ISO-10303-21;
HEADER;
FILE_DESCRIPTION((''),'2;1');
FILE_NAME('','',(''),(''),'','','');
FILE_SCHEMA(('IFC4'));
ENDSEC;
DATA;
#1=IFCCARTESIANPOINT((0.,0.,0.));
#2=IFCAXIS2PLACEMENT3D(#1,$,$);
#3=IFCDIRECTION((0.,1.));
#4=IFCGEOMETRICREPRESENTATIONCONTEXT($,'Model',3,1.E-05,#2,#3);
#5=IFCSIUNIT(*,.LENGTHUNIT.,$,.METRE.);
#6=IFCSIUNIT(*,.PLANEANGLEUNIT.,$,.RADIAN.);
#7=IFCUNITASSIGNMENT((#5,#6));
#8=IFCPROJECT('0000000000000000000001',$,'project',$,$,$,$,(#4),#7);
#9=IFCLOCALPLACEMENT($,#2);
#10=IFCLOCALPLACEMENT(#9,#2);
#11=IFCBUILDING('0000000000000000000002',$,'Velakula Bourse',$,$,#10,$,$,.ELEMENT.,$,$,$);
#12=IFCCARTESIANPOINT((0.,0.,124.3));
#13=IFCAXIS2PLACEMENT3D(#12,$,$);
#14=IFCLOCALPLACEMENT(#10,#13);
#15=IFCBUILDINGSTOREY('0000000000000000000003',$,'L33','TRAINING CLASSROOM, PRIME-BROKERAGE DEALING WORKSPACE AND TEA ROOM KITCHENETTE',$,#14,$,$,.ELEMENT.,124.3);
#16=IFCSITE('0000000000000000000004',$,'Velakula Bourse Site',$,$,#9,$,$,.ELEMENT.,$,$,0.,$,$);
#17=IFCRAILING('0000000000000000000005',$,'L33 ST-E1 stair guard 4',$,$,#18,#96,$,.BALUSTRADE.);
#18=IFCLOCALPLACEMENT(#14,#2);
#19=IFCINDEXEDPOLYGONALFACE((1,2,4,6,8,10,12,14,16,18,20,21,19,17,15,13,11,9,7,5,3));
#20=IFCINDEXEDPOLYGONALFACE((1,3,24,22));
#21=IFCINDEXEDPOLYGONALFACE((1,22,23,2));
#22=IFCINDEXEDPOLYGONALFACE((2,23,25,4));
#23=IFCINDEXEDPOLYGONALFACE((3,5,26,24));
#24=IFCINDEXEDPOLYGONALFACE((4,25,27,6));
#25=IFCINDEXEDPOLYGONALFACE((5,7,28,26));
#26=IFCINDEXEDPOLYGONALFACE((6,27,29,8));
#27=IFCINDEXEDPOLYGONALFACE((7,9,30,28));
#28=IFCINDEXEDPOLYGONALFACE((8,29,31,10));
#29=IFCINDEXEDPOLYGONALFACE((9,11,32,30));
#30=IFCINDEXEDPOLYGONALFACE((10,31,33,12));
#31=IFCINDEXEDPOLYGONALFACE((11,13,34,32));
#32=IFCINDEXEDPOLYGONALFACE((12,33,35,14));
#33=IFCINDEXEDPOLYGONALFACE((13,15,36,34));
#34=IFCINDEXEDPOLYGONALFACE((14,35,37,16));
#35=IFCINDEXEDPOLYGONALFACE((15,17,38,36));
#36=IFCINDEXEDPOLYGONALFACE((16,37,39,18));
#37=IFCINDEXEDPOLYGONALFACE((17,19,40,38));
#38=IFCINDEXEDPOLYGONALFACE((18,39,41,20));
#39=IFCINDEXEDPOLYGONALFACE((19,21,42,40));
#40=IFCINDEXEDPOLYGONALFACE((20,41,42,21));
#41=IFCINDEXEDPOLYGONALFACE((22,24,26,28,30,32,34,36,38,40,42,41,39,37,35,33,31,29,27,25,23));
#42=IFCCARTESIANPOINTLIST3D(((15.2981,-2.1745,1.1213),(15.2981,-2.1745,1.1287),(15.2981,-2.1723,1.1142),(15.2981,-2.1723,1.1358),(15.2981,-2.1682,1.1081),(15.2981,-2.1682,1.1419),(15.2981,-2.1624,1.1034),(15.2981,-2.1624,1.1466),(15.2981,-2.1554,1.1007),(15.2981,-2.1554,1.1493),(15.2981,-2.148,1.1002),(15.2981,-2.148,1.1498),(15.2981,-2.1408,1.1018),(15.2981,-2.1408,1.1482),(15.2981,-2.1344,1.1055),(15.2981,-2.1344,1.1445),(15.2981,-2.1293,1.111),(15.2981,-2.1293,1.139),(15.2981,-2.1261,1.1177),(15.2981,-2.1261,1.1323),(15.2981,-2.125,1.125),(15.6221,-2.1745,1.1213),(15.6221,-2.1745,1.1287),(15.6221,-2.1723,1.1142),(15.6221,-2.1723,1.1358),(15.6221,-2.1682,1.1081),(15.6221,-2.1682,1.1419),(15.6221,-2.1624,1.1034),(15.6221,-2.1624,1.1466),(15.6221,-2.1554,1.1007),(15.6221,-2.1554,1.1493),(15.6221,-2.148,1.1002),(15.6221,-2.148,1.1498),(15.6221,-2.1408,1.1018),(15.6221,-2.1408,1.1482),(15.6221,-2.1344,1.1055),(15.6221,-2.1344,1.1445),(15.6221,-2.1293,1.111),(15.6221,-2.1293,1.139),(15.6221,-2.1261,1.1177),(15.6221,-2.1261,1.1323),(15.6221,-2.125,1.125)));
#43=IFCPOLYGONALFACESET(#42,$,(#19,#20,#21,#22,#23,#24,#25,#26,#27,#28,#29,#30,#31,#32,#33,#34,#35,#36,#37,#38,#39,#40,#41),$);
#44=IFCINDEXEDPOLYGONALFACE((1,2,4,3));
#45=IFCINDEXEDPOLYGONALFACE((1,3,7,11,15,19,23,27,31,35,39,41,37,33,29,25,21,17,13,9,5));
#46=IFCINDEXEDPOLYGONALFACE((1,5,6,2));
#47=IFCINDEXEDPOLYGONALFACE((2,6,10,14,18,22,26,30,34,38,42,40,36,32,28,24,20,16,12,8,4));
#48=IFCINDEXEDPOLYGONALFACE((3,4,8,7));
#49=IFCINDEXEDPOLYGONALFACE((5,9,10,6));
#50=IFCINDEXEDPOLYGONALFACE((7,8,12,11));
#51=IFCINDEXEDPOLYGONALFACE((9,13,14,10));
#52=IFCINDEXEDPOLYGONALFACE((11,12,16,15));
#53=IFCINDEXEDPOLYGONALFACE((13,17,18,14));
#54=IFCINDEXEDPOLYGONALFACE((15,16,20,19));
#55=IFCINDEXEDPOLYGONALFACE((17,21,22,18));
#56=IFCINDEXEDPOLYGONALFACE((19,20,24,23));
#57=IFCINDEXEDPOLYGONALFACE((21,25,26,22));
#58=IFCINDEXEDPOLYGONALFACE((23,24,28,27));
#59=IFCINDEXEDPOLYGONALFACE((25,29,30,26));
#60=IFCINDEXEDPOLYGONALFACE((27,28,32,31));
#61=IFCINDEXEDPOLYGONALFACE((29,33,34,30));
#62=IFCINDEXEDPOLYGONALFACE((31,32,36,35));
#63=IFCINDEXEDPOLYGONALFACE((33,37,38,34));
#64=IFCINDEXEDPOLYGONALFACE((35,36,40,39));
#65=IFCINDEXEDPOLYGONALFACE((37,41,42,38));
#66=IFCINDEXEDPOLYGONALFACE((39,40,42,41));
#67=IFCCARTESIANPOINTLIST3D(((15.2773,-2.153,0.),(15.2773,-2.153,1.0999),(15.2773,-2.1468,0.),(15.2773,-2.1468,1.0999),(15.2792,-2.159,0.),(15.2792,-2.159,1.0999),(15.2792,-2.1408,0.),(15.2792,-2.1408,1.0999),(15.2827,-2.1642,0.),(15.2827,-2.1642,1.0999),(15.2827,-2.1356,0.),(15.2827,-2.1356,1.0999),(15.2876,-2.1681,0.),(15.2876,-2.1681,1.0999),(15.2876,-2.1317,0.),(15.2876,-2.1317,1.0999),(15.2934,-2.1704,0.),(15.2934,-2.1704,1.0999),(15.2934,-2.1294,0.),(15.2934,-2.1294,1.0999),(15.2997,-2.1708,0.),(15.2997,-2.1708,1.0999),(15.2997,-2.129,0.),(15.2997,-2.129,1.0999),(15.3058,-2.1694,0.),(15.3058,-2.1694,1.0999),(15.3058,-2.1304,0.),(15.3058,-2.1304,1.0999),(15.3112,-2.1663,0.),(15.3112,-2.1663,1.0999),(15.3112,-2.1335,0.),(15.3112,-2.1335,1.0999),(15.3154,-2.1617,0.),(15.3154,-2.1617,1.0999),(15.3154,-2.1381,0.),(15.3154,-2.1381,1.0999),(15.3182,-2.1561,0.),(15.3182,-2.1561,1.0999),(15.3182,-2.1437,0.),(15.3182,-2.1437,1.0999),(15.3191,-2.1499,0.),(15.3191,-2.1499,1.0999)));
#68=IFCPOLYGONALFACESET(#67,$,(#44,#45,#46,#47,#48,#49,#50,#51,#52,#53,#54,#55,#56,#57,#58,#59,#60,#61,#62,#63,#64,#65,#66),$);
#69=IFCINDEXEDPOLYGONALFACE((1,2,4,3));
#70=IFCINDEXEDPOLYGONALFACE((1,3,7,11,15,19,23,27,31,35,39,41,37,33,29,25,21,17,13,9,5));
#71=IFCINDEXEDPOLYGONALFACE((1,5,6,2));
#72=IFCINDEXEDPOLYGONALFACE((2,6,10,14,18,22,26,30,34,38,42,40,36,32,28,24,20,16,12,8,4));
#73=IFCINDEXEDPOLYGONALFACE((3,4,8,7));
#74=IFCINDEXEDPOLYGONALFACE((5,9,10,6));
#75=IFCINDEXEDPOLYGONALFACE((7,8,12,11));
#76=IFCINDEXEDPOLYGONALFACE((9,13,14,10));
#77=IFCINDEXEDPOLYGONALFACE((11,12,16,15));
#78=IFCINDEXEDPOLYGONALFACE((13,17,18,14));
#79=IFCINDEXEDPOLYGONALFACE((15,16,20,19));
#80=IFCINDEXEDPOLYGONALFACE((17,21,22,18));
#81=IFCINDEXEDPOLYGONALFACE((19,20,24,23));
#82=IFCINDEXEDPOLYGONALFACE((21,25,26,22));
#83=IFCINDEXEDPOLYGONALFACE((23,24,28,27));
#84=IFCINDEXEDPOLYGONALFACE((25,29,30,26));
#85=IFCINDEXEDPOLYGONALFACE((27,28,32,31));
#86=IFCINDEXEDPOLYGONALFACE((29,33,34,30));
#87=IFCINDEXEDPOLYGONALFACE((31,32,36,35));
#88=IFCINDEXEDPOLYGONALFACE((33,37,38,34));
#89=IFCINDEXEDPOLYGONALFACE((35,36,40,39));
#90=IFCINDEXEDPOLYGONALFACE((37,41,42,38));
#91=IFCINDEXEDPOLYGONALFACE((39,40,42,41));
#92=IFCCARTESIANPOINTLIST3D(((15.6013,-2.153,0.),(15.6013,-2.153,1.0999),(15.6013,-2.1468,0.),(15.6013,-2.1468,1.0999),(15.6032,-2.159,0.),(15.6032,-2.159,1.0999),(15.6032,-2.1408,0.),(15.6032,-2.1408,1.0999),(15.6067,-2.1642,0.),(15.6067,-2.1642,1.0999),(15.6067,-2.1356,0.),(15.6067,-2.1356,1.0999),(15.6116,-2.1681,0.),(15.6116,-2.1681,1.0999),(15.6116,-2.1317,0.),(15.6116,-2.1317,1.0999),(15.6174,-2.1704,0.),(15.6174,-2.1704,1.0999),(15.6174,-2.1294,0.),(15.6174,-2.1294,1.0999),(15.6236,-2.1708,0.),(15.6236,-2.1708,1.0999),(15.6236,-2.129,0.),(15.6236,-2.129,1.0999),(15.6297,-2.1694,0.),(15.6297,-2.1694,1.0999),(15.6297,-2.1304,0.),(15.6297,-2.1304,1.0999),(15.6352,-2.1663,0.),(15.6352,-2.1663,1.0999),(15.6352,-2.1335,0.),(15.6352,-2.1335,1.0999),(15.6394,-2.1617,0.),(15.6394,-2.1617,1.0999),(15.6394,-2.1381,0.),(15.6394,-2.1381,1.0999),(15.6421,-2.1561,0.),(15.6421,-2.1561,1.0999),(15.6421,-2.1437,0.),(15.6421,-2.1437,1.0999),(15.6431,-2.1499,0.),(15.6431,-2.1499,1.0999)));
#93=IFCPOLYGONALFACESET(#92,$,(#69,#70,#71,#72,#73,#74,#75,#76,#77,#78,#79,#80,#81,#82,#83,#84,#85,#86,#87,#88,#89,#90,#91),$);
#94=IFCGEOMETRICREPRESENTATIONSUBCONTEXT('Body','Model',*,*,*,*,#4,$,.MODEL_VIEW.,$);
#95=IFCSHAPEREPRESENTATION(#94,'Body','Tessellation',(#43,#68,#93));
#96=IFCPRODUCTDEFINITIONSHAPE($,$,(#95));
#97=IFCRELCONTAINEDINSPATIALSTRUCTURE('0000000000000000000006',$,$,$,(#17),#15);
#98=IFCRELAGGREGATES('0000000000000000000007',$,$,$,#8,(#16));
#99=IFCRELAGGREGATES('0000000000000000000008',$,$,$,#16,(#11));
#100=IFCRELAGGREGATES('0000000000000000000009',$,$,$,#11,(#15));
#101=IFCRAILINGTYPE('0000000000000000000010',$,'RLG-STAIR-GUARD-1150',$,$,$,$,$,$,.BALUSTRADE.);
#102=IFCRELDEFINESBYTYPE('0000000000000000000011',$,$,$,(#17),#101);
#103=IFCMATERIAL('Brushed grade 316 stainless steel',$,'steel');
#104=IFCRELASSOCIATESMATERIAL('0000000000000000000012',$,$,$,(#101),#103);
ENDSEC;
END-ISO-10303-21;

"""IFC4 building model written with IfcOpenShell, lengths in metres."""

from ifc_helpers import new_model, si_unit, direction, frame, origin, origin_2d, place, context, subcontext, project, spatial, circle, extrude, material, type_object, element, save


model = new_model("IFC4")

# Units and contexts
model_context = context("Model", 3, precision=1e-05, world=origin(), true_north=direction((0.0, 1.0)))
body_context = subcontext(model_context, "Body", "Model", "MODEL_VIEW")
ifc_project = project(units=[si_unit("LENGTHUNIT", "METRE"), si_unit("PLANEANGLEUNIT", "RADIAN")], contexts=[model_context])

# Site, building, storey
site_placement = place(None, origin())
site = spatial("IfcSite", under=ifc_project, at=site_placement, Name="Velakula Bourse Site", CompositionType="ELEMENT", RefElevation=0.0)
building_placement = place(site_placement, origin())
building = spatial("IfcBuilding", under=site, at=building_placement, Name="Velakula Bourse", CompositionType="ELEMENT")
storey_placement = place(building_placement, frame((0.0, 0.0, 124.3)))
storey = spatial("IfcBuildingStorey", under=building, at=storey_placement, Name="L33", Description="TRAINING CLASSROOM, PRIME-BROKERAGE DEALING WORKSPACE AND TEA ROOM KITCHENETTE", CompositionType="ELEMENT", Elevation=124.3)

# Shared definitions
ifc_material_1 = material(Name="Brushed grade 316 stainless steel", Category="steel")

# Railing
railing_type_1 = type_object("IfcRailingType", Name="RLG-STAIR-GUARD-1150", PredefinedType="BALUSTRADE", material=ifc_material_1)
railing_1_placement = place(storey_placement, frame((15.2981, -2.1499, 0.0)))
element("IfcRailing", 1, at=railing_1_placement, inside=storey, type_object=railing_type_1, Name="L33 ST-E1 stair guard 4", PredefinedType="BALUSTRADE", context=body_context, shape_type="SweptSolid", body=[
    extrude(circle(Radius=0.0249, at=origin_2d()), frame((0.0, 0.0, 1.125), z_axis=(1.0, 0.0, 0.0), x_axis=(0.0, 1.0, 0.0)), (0.0, 0.0, 1.0), 0.324),
    extrude(circle(Radius=0.021, at=origin_2d()), origin(), (0.0, 0.0, 1.0), 1.0999),
    extrude(circle(Radius=0.021, at=origin_2d()), frame((0.324, 0.0, 0.0)), (0.0, 0.0, 1.0), 1.0999),
])

save(model, "model.ifc")
